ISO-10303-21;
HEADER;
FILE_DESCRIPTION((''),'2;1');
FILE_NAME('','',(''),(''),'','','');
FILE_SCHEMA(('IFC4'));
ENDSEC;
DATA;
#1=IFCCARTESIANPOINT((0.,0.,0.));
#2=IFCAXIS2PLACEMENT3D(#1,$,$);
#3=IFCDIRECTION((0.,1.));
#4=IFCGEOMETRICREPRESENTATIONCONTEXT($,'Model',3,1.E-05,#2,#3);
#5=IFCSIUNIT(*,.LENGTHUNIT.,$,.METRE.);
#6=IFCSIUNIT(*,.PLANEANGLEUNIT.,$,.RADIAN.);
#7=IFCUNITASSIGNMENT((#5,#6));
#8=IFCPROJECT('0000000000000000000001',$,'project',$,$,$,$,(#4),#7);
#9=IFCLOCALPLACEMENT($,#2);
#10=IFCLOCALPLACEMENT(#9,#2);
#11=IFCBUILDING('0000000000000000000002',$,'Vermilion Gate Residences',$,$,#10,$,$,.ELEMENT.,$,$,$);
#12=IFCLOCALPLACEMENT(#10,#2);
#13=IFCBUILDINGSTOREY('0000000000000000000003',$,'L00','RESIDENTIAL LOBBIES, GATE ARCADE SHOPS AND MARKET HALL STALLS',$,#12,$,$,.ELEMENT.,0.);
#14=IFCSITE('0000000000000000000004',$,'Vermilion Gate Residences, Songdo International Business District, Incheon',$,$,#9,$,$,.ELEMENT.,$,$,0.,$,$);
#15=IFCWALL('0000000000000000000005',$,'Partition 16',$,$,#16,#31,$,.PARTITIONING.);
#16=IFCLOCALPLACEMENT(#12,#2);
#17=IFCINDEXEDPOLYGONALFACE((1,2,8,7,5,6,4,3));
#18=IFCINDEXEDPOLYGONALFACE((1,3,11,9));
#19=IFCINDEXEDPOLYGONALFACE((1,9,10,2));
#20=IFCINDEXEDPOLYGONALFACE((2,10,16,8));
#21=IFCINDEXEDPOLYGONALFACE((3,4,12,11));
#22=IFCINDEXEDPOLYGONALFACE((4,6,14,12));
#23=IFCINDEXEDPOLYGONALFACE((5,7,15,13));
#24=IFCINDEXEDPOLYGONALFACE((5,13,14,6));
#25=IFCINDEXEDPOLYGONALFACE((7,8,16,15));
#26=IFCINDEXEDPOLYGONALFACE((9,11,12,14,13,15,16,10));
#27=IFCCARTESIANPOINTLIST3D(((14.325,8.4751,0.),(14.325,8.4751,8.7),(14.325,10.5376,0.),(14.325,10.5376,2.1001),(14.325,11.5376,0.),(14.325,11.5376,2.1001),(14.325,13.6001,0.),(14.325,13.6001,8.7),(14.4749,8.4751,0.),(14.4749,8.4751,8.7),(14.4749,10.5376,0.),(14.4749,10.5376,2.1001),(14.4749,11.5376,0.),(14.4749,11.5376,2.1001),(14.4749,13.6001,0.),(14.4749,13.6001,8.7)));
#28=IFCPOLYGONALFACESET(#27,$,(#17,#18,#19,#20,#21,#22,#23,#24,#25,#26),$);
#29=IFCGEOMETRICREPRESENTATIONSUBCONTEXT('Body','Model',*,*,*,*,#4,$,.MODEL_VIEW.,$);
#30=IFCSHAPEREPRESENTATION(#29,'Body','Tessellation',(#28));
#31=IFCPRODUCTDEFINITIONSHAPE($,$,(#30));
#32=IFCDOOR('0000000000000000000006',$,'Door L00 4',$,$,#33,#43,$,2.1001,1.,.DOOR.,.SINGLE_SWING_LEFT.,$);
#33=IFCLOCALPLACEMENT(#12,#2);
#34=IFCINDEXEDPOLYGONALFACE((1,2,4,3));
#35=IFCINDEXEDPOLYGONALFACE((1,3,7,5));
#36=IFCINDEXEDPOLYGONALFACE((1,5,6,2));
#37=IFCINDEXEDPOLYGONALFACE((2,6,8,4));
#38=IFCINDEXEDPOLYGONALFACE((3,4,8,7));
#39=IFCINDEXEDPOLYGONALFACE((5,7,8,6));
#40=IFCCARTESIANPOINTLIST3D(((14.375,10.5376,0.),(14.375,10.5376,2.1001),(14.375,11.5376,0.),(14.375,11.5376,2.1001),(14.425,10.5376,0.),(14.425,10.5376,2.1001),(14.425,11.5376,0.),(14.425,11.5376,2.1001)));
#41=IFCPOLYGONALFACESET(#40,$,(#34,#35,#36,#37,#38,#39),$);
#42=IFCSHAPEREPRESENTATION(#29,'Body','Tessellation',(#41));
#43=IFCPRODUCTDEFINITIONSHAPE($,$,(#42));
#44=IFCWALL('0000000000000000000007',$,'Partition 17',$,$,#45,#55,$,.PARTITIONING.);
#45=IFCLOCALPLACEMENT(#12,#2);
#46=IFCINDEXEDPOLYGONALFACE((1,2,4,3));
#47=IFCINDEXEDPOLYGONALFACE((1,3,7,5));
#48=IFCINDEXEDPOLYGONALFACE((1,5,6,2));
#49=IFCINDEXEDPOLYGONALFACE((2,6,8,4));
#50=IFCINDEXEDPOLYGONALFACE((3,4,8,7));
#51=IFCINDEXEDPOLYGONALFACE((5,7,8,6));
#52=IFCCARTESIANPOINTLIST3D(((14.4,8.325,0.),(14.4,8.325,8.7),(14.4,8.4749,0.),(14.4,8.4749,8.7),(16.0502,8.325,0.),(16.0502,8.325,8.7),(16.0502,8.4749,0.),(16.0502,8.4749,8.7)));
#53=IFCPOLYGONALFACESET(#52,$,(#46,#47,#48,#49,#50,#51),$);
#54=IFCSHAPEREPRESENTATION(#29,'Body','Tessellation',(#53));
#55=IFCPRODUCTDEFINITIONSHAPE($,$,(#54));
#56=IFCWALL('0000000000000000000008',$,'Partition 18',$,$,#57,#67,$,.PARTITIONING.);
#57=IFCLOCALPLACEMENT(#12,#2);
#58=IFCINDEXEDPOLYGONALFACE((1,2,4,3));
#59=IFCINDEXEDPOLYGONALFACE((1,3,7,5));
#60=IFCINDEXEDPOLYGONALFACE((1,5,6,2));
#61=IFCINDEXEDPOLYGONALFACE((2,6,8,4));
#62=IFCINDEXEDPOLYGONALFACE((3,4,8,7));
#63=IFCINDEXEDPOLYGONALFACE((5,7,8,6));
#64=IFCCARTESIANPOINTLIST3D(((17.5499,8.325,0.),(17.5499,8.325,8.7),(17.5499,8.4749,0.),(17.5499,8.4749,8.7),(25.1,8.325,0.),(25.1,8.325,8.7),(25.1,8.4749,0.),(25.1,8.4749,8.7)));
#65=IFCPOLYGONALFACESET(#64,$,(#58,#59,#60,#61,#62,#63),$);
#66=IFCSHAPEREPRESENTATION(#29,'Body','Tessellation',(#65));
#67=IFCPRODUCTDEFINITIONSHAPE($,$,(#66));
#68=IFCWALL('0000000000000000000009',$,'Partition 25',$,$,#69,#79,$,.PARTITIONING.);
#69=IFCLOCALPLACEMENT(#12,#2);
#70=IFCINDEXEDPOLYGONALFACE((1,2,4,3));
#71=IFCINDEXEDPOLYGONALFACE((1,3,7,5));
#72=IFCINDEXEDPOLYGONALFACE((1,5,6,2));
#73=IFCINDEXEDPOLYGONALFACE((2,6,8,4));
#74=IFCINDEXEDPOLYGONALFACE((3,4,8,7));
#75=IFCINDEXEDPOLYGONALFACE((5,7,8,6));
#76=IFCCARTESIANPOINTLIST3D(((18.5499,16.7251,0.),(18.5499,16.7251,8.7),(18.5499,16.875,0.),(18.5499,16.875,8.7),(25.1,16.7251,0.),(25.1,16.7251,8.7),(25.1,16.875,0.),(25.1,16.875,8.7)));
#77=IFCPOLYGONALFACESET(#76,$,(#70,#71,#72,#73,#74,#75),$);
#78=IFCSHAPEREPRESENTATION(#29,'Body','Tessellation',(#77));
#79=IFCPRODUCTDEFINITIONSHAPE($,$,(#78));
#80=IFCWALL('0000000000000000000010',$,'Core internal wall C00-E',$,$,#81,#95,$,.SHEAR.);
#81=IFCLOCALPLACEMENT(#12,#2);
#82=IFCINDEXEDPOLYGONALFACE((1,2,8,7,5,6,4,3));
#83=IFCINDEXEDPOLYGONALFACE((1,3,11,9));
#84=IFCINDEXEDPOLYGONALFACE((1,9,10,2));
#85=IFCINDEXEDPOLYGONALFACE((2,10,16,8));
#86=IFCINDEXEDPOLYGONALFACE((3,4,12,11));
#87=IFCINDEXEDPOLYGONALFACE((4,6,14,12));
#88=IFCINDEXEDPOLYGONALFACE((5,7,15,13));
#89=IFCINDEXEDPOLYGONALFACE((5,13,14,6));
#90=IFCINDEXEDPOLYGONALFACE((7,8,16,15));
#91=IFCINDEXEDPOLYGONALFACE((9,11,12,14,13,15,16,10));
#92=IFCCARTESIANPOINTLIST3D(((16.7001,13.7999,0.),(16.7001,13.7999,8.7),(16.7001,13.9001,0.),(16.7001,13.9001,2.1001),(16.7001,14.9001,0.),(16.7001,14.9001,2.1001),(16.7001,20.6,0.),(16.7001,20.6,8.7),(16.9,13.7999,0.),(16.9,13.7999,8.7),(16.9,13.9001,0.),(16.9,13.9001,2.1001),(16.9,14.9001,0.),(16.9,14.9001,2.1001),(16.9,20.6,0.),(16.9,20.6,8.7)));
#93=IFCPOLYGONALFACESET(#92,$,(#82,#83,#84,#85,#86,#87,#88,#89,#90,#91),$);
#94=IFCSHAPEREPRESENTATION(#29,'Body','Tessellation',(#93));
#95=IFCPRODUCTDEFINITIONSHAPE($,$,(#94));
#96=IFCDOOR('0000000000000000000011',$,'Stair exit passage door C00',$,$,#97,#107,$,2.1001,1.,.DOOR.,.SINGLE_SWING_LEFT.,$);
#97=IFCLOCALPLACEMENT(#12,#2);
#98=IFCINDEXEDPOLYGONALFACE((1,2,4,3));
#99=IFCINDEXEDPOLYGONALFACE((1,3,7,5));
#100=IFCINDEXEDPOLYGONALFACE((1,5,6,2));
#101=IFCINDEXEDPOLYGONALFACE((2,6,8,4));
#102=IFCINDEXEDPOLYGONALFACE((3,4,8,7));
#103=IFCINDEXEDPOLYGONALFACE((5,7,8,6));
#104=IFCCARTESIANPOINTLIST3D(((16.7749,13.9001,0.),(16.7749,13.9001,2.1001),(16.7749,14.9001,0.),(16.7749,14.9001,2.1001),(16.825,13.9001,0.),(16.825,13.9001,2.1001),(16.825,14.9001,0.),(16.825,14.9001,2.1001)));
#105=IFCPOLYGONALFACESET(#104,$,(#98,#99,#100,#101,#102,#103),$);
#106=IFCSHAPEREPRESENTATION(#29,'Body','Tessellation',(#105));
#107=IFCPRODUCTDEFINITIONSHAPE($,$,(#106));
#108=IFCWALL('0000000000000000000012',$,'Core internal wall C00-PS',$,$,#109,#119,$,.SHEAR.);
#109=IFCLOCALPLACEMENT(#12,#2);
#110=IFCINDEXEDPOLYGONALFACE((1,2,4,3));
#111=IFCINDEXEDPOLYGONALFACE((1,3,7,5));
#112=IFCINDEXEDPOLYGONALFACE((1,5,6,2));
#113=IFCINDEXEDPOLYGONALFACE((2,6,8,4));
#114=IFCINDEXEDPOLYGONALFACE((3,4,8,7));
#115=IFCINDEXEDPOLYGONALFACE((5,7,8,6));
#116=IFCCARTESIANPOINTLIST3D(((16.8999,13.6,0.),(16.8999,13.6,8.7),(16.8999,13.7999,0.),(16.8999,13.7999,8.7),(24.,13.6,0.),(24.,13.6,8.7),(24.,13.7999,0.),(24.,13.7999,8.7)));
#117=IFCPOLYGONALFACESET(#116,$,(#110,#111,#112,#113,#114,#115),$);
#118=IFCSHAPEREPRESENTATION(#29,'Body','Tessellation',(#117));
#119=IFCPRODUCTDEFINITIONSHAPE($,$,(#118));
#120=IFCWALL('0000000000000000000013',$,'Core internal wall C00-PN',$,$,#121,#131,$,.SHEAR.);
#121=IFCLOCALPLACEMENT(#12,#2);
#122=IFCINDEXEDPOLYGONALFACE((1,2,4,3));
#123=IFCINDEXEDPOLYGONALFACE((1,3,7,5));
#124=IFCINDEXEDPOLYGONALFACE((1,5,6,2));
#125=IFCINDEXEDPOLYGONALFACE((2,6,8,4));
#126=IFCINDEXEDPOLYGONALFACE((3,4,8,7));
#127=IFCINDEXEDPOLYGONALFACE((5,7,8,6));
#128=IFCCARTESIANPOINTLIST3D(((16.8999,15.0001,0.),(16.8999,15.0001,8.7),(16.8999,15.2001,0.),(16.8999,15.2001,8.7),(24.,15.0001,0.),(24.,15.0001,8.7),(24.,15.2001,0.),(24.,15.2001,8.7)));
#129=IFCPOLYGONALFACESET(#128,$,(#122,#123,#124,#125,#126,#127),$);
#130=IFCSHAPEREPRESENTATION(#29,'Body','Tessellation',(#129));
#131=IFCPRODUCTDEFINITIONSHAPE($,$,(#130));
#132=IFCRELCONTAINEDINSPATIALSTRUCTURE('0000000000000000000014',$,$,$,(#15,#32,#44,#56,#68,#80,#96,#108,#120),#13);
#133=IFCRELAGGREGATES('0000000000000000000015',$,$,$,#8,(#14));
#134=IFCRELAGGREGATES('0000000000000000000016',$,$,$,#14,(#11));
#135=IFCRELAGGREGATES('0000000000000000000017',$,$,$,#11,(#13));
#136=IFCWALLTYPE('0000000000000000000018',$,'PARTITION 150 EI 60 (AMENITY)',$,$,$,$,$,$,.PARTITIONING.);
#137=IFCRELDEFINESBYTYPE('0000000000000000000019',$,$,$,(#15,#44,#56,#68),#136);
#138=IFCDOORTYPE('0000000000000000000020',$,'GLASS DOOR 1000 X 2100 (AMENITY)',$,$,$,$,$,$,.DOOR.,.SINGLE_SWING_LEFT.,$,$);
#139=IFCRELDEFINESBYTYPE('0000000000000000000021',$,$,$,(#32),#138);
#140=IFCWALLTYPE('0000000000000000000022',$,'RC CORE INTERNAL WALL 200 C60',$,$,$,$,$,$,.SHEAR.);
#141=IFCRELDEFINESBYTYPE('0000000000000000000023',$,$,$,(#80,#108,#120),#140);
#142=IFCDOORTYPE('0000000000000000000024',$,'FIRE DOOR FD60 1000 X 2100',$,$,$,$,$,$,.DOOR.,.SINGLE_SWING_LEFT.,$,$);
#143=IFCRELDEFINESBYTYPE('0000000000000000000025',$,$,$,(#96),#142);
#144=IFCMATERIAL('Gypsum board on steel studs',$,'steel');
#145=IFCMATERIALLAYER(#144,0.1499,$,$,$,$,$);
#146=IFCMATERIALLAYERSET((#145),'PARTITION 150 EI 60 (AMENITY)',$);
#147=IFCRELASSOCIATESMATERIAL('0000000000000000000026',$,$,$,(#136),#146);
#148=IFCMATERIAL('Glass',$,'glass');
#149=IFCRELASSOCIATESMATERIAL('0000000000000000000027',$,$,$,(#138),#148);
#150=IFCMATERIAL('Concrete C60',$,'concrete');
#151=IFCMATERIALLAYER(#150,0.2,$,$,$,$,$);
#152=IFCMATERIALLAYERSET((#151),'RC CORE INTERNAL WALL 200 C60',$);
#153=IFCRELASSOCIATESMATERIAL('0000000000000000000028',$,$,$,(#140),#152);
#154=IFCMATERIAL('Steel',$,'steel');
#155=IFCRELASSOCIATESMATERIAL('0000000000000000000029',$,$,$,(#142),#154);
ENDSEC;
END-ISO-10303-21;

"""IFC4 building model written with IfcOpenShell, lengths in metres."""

from ifc_helpers import new_model, si_unit, direction, frame, frame_2d, origin, place, context, subcontext, project, spatial, rectangle, extrude, material, layer, layer_set, type_object, element, fill, save


model = new_model("IFC4")

# Units and contexts
model_context = context("Model", 3, precision=1e-05, world=origin(), true_north=direction((0.0, 1.0)))
body_context = subcontext(model_context, "Body", "Model", "MODEL_VIEW")
ifc_project = project(units=[si_unit("LENGTHUNIT", "METRE"), si_unit("PLANEANGLEUNIT", "RADIAN")], contexts=[model_context])

# Site, building, storey
site_placement = place(None, origin())
site = spatial("IfcSite", under=ifc_project, at=site_placement, Name="Vermilion Gate Residences, Songdo International Business District, Incheon", CompositionType="ELEMENT", RefElevation=0.0)
building_placement = place(site_placement, origin())
building = spatial("IfcBuilding", under=site, at=building_placement, Name="Vermilion Gate Residences", CompositionType="ELEMENT")
storey_placement = place(building_placement, origin())
storey = spatial("IfcBuildingStorey", under=building, at=storey_placement, Name="L00", Description="RESIDENTIAL LOBBIES, GATE ARCADE SHOPS AND MARKET HALL STALLS", CompositionType="ELEMENT", Elevation=0.0)

# Wall, opening, door
ifc_material_1 = material(Name="Gypsum board on steel studs", Category="steel")
ifc_layer_1 = layer(ifc_material_1, 0.1499)
ifc_layer_set_1 = layer_set([ifc_layer_1], Name="PARTITION 150 EI 60 (AMENITY)")
wall_type_1 = type_object("IfcWallType", Name="PARTITION 150 EI 60 (AMENITY)", PredefinedType="PARTITIONING", material=ifc_layer_set_1)
wall_1_placement = place(storey_placement, frame((14.3999, 8.4751, 0.0), z_axis=(0.0, 0.0, 1.0), x_axis=(0.0, 1.0, 0.0)))
wall_1 = element("IfcWall", 1, at=wall_1_placement, inside=storey, type_object=wall_type_1, Name="Partition 16", PredefinedType="PARTITIONING", context=body_context, shape_type="SweptSolid", body=[
    extrude(rectangle(XDim=5.125, YDim=0.1499, at=frame_2d((2.5625, 0.0))), origin(), (0.0, 0.0, 1.0), 8.7),
])
opening_1_placement = place(wall_1_placement, frame((2.0625, 0.0, 0.0)))
opening_1 = element("IfcOpeningElement", 2, at=opening_1_placement, cuts=wall_1, PredefinedType="OPENING", context=body_context, shape_type="SweptSolid", body=[
    extrude(rectangle(XDim=1.0, YDim=2.1001, at=frame_2d((0.5, 1.05))), frame((0.0, 0.085, 0.0), z_axis=(0.0, -1.0, 0.0), x_axis=(1.0, 0.0, 0.0)), (0.0, 0.0, 1.0), 0.1699),
])
ifc_material_2 = material(Name="Glass", Category="glass")
door_type_1 = type_object("IfcDoorType", Name="GLASS DOOR 1000 X 2100 (AMENITY)", OperationType="SINGLE_SWING_LEFT", PredefinedType="DOOR", material=ifc_material_2)
door_1_placement = place(opening_1_placement, origin())
door_1 = element("IfcDoor", 3, at=door_1_placement, inside=storey, type_object=door_type_1, Name="Door L00 4", OperationType="SINGLE_SWING_LEFT", OverallHeight=2.1001, OverallWidth=1.0, PredefinedType="DOOR", context=body_context, shape_type="SweptSolid", body=[
    extrude(rectangle(XDim=1.0, YDim=2.1001, at=frame_2d((0.5, 1.05))), frame((0.0, 0.0249, 0.0), z_axis=(0.0, -1.0, 0.0), x_axis=(1.0, 0.0, 0.0)), (0.0, 0.0, 1.0), 0.05),
])
fill(opening_1, door_1)

# Walls
wall_2_placement = place(storey_placement, frame((14.3999, 8.3999, 0.0), z_axis=(0.0, 0.0, 1.0), x_axis=(1.0, 0.0, 0.0)))
element("IfcWall", 4, at=wall_2_placement, inside=storey, type_object=wall_type_1, Name="Partition 17", PredefinedType="PARTITIONING", context=body_context, shape_type="SweptSolid", body=[
    extrude(rectangle(XDim=1.6501, YDim=0.1499, at=frame_2d((0.8252, 0.0))), origin(), (0.0, 0.0, 1.0), 8.7),
])
wall_3_placement = place(storey_placement, frame((17.55, 8.3999, 0.0), z_axis=(0.0, 0.0, 1.0), x_axis=(1.0, 0.0, 0.0)))
element("IfcWall", 5, at=wall_3_placement, inside=storey, type_object=wall_type_1, Name="Partition 18", PredefinedType="PARTITIONING", context=body_context, shape_type="SweptSolid", body=[
    extrude(rectangle(XDim=7.55, YDim=0.1499, at=frame_2d((3.7749, 0.0))), origin(), (0.0, 0.0, 1.0), 8.7),
])
wall_4_placement = place(storey_placement, frame((18.55, 16.8, 0.0), z_axis=(0.0, 0.0, 1.0), x_axis=(1.0, 0.0, 0.0)))
element("IfcWall", 6, at=wall_4_placement, inside=storey, type_object=wall_type_1, Name="Partition 25", PredefinedType="PARTITIONING", context=body_context, shape_type="SweptSolid", body=[
    extrude(rectangle(XDim=6.55, YDim=0.1499, at=frame_2d((3.2749, 0.0))), origin(), (0.0, 0.0, 1.0), 8.7),
])

# Wall, opening, door
ifc_material_3 = material(Name="Concrete C60", Category="concrete")
ifc_layer_2 = layer(ifc_material_3, 0.2)
ifc_layer_set_2 = layer_set([ifc_layer_2], Name="RC CORE INTERNAL WALL 200 C60")
wall_type_2 = type_object("IfcWallType", Name="RC CORE INTERNAL WALL 200 C60", PredefinedType="SHEAR", material=ifc_layer_set_2)
wall_5_placement = place(storey_placement, frame((16.8, 13.8, 0.0), z_axis=(0.0, 0.0, 1.0), x_axis=(0.0, 1.0, 0.0)))
wall_5 = element("IfcWall", 7, at=wall_5_placement, inside=storey, type_object=wall_type_2, Name="Core internal wall C00-E", PredefinedType="SHEAR", context=body_context, shape_type="SweptSolid", body=[
    extrude(rectangle(XDim=6.8, YDim=0.2, at=frame_2d((3.3999, 0.0))), origin(), (0.0, 0.0, 1.0), 8.7),
])
opening_2_placement = place(wall_5_placement, frame((0.1001, 0.0, 0.0)))
opening_2 = element("IfcOpeningElement", 8, at=opening_2_placement, cuts=wall_5, PredefinedType="OPENING", context=body_context, shape_type="SweptSolid", body=[
    extrude(rectangle(XDim=1.0, YDim=2.1001, at=frame_2d((0.5, 1.05))), frame((0.0, 0.1099, 0.0), z_axis=(0.0, -1.0, 0.0), x_axis=(1.0, 0.0, 0.0)), (0.0, 0.0, 1.0), 0.22),
])
ifc_material_4 = material(Name="Steel", Category="steel")
door_type_2 = type_object("IfcDoorType", Name="FIRE DOOR FD60 1000 X 2100", OperationType="SINGLE_SWING_LEFT", PredefinedType="DOOR", material=ifc_material_4)
door_2_placement = place(opening_2_placement, frame((1.0, 0.0, 0.0), z_axis=(0.0, 0.0, 1.0), x_axis=(-1.0, 0.0, 0.0)))
door_2 = element("IfcDoor", 9, at=door_2_placement, inside=storey, type_object=door_type_2, Name="Stair exit passage door C00", OperationType="SINGLE_SWING_LEFT", OverallHeight=2.1001, OverallWidth=1.0, PredefinedType="DOOR", context=body_context, shape_type="SweptSolid", body=[
    extrude(rectangle(XDim=1.0, YDim=2.1001, at=frame_2d((0.5, 1.05))), frame((0.0, 0.0249, 0.0), z_axis=(0.0, -1.0, 0.0), x_axis=(1.0, 0.0, 0.0)), (0.0, 0.0, 1.0), 0.05),
])
fill(opening_2, door_2)

# Walls
for number, where, z_axis, x_axis, name in (
    (10, (16.8999, 13.7, 0.0), (0.0, 0.0, 1.0), (1.0, 0.0, 0.0), "Core internal wall C00-PS"),
    (11, (16.8999, 15.1001, 0.0), (0.0, 0.0, 1.0), (1.0, 0.0, 0.0), "Core internal wall C00-PN"),
):
    element("IfcWall", number, at=place(storey_placement, frame(where, z_axis=z_axis, x_axis=x_axis)), inside=storey, type_object=wall_type_2, Name=name, PredefinedType="SHEAR", context=body_context, shape_type="SweptSolid", body=[
        extrude(rectangle(XDim=7.1001, YDim=0.2, at=frame_2d((3.55, 0.0))), origin(), (0.0, 0.0, 1.0), 8.7),
    ])

save(model, "model.ifc")
